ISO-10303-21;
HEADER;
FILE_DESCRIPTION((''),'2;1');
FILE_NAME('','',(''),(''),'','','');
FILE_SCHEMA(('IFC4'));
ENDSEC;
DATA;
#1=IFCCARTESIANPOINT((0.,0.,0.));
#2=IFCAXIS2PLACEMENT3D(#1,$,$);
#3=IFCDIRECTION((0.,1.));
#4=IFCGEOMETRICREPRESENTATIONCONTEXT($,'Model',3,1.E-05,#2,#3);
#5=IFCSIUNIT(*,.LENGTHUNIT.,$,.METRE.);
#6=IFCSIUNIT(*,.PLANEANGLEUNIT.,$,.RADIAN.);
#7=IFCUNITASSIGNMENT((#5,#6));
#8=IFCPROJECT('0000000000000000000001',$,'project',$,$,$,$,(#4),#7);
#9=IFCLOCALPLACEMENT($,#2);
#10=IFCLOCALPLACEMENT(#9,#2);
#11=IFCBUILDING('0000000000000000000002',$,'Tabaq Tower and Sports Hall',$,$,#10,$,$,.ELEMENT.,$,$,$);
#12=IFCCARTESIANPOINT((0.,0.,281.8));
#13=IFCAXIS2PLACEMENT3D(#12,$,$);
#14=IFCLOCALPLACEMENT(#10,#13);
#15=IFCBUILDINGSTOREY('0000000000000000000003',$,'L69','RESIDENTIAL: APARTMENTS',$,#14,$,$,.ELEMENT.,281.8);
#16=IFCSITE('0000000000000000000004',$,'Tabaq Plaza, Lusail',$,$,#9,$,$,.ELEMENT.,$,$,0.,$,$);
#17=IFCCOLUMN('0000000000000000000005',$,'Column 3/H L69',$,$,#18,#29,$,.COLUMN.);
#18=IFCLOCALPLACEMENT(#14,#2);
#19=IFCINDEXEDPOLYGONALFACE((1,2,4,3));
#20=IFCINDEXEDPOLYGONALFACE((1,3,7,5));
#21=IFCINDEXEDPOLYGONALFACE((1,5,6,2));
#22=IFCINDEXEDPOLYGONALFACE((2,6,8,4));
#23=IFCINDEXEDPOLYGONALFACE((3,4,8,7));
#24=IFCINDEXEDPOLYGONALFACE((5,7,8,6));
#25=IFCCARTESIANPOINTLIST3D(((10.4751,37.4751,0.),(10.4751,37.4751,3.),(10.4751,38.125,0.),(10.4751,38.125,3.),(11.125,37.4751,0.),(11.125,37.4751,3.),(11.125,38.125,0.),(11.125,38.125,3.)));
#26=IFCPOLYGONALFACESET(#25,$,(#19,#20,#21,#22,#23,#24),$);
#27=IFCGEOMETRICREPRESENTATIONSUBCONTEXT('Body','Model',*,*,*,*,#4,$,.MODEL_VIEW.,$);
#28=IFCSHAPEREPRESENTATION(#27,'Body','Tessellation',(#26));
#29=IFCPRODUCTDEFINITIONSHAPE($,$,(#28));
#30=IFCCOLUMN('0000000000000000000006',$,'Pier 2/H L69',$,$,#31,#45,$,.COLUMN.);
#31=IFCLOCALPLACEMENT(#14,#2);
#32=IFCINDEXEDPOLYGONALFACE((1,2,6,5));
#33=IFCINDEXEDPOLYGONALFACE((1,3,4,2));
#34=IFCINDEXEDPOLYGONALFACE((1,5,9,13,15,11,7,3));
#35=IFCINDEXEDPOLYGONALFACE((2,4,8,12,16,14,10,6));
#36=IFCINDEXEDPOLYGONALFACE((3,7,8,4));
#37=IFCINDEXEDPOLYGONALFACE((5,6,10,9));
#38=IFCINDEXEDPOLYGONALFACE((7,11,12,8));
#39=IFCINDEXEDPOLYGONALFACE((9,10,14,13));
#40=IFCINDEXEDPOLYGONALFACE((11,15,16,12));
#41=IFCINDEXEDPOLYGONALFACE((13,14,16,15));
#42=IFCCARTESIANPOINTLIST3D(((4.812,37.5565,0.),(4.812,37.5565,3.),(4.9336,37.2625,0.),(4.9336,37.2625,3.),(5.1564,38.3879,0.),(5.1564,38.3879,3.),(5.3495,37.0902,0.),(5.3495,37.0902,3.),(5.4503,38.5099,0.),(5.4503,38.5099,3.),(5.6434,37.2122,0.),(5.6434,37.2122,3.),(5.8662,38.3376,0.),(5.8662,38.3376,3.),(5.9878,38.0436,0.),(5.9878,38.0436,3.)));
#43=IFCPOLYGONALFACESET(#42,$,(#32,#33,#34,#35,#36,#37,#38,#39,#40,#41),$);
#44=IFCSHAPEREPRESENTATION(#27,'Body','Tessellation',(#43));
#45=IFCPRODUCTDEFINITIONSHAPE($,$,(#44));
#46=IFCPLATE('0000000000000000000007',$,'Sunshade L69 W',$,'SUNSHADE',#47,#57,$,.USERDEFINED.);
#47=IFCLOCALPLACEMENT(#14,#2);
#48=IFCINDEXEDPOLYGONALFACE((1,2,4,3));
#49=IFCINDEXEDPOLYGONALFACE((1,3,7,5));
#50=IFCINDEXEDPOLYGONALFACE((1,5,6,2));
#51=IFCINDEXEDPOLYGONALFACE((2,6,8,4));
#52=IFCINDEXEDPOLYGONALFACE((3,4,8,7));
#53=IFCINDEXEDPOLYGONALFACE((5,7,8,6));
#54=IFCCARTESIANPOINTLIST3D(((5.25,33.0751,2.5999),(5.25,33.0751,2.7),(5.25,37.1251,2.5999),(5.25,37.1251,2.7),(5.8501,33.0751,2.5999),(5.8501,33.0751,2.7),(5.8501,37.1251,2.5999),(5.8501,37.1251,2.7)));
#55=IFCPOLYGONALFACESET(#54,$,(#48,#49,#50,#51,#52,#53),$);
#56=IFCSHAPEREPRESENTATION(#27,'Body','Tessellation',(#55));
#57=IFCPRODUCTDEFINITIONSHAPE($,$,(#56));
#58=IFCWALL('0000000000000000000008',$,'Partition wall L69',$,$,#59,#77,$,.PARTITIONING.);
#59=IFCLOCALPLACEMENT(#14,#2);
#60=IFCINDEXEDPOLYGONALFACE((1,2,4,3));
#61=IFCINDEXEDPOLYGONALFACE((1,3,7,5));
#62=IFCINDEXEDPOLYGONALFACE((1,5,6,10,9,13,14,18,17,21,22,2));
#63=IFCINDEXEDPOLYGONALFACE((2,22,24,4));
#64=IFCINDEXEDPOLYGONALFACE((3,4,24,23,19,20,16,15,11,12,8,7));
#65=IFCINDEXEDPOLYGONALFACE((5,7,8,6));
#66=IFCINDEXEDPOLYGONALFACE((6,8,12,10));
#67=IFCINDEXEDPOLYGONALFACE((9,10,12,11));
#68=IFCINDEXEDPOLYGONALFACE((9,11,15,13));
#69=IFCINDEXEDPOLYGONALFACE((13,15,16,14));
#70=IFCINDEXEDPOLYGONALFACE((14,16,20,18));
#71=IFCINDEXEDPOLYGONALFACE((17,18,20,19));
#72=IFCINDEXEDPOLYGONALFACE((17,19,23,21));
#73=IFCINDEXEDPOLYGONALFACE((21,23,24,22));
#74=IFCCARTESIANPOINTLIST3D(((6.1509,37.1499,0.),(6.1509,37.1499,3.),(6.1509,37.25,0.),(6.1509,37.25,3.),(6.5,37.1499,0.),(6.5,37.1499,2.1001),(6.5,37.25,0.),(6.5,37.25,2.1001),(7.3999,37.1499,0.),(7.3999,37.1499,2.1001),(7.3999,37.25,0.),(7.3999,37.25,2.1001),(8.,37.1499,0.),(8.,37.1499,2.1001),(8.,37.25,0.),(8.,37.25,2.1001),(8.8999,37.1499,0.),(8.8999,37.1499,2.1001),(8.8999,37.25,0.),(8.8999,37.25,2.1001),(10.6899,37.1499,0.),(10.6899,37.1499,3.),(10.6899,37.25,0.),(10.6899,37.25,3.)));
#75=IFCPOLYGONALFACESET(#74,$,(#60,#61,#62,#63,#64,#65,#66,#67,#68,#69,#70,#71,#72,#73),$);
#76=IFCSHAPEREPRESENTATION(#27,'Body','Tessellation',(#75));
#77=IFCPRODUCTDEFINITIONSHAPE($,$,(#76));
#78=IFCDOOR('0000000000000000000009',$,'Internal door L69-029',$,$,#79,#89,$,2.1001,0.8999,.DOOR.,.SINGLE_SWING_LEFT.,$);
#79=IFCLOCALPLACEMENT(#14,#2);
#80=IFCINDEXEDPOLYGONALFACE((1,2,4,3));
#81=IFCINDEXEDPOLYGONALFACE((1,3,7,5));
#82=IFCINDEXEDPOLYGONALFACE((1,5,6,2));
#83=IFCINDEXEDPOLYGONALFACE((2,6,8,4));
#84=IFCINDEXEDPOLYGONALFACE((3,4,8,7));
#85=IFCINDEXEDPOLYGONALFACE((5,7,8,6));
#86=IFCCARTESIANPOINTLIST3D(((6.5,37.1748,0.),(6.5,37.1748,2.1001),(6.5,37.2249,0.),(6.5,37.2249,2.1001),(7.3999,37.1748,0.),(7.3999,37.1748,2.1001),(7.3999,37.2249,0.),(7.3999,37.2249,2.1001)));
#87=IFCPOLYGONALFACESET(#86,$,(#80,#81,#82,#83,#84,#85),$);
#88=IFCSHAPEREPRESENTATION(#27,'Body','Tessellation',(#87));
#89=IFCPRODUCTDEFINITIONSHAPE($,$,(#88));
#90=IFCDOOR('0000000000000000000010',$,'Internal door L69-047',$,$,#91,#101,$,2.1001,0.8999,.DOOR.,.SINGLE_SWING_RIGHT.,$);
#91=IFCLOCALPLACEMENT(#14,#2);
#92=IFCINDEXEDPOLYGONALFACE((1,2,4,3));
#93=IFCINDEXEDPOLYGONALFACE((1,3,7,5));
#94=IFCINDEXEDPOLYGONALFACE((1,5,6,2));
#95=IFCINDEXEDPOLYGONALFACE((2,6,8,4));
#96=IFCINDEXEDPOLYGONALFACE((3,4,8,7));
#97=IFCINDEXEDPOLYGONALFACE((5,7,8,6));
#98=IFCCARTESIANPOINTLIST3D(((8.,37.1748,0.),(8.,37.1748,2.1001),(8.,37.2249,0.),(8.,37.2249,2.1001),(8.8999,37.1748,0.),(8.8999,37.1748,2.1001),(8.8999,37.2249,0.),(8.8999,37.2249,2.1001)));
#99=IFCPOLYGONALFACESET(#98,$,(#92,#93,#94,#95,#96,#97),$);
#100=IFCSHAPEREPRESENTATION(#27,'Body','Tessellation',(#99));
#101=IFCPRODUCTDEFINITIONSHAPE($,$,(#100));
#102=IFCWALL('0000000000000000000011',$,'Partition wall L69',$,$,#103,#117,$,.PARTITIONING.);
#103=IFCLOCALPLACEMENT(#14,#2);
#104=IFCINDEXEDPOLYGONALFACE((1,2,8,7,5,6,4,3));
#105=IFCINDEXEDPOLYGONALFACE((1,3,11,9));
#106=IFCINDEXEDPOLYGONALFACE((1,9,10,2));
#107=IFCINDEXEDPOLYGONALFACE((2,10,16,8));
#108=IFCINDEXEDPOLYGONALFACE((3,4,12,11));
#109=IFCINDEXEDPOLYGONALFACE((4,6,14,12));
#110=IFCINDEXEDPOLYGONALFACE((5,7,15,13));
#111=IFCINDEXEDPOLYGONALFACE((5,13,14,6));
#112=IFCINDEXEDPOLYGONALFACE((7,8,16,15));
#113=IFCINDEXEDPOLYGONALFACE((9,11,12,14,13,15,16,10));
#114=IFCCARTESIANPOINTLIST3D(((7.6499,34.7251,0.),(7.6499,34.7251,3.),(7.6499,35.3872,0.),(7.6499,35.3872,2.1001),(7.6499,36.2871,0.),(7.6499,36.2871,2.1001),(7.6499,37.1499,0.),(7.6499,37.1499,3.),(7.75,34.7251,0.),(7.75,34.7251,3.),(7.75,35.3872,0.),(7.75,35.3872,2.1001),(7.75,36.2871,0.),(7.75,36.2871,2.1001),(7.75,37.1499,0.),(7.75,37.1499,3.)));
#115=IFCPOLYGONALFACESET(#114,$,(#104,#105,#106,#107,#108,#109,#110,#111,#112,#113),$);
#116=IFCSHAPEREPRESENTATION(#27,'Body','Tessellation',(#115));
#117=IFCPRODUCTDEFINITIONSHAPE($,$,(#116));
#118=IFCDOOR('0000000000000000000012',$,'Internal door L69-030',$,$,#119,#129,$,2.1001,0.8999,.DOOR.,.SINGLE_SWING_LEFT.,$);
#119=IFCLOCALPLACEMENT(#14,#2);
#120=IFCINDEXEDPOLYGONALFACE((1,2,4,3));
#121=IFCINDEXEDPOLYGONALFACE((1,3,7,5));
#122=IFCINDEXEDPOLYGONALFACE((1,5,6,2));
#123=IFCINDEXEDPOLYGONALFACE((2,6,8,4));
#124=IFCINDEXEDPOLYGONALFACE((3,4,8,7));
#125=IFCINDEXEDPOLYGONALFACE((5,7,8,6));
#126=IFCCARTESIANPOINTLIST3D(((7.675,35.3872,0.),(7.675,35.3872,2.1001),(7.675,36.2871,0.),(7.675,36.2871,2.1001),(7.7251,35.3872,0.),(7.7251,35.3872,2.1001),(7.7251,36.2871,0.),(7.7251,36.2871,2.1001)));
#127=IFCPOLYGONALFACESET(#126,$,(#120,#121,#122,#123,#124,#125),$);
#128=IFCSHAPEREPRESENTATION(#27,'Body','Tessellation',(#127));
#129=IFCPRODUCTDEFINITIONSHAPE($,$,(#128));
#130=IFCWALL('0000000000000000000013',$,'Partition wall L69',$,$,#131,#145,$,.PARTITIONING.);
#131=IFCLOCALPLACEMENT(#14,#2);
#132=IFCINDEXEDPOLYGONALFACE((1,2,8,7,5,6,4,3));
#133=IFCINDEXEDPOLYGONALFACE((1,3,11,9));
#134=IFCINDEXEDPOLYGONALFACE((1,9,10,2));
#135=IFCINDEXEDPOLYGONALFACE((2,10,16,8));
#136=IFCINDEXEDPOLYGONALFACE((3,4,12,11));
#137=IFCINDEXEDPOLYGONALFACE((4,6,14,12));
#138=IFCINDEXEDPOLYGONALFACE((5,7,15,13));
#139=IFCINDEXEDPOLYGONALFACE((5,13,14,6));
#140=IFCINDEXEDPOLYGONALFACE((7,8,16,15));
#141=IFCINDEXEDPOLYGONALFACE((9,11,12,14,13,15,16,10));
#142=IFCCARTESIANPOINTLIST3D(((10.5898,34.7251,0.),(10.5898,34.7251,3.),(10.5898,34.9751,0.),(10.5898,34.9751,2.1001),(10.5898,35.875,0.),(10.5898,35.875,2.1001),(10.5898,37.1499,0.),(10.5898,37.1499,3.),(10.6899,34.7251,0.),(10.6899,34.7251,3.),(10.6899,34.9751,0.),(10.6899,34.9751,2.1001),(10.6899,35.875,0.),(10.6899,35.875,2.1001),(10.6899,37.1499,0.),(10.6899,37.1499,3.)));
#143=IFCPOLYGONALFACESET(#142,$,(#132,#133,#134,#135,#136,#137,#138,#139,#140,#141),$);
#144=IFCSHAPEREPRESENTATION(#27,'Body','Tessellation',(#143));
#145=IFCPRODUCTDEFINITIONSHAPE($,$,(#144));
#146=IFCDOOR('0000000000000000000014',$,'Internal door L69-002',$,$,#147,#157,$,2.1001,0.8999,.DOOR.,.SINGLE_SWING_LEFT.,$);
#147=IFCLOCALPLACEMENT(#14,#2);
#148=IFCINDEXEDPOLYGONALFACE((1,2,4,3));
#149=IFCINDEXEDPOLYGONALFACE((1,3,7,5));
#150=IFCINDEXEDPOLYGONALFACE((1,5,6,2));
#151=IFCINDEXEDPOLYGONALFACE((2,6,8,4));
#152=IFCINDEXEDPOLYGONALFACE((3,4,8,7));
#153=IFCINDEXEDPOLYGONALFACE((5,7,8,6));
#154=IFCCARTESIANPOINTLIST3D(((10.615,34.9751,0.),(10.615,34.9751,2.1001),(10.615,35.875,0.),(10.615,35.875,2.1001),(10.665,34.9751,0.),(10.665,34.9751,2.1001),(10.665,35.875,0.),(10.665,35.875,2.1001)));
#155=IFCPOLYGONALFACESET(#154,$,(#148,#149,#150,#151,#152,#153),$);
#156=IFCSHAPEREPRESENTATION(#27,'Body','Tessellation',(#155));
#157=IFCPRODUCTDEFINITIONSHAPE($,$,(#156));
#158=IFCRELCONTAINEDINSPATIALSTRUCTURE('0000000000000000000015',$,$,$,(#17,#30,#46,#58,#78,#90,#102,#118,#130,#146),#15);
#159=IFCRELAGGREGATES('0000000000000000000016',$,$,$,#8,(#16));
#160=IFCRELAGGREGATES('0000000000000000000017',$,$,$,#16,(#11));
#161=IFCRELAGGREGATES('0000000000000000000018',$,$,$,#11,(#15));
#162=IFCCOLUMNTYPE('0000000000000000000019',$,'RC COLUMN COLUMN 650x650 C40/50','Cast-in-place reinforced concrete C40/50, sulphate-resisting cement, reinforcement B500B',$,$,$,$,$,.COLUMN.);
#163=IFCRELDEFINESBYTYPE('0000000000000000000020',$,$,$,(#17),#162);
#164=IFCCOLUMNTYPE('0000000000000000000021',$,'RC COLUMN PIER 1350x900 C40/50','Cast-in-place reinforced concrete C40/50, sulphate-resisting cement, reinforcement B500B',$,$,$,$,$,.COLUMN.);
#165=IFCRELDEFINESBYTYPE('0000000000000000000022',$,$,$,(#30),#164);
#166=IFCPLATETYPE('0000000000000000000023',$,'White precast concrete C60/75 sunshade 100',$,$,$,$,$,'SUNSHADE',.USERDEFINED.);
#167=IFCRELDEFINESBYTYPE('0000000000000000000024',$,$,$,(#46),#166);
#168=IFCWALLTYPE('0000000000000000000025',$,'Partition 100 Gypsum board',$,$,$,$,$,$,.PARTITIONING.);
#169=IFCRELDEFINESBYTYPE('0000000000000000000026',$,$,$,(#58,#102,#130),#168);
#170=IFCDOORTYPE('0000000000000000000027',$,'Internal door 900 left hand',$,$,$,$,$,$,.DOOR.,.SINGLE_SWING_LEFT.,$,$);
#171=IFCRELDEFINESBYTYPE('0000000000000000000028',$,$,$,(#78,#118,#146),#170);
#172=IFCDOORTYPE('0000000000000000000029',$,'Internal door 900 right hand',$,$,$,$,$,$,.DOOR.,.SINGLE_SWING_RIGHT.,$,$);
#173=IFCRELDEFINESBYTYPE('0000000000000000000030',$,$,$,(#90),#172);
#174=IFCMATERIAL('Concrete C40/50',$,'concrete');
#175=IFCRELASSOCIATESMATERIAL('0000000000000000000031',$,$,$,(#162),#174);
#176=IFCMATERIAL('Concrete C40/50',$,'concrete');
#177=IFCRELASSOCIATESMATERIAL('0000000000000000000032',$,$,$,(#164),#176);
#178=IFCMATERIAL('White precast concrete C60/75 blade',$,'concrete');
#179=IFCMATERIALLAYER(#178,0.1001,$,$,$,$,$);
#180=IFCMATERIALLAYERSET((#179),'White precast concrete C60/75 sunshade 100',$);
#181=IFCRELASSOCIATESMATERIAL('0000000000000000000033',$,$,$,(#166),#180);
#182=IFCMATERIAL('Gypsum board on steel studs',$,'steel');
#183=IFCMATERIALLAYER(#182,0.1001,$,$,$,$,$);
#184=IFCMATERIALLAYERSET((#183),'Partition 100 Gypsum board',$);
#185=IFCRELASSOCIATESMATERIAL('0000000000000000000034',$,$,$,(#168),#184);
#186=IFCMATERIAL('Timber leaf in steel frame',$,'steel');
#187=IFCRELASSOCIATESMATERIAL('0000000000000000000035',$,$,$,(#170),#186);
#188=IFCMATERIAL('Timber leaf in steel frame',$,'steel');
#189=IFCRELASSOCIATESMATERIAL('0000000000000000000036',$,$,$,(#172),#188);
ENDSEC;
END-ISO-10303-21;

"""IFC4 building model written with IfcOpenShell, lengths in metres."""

from ifc_helpers import new_model, si_unit, direction, frame, frame_2d, origin, origin_2d, place, context, subcontext, project, spatial, polyline, rectangle, outline, extrude, material, layer, layer_set, material_profile, profile_set, type_object, element, fill, save


model = new_model("IFC4")

# Units and contexts
model_context = context("Model", 3, precision=1e-05, world=origin(), true_north=direction((0.0, 1.0)))
body_context = subcontext(model_context, "Body", "Model", "MODEL_VIEW")
ifc_project = project(units=[si_unit("LENGTHUNIT", "METRE"), si_unit("PLANEANGLEUNIT", "RADIAN")], contexts=[model_context])

# Site, building, storey
site_placement = place(None, origin())
site = spatial("IfcSite", under=ifc_project, at=site_placement, Name="Tabaq Plaza, Lusail", CompositionType="ELEMENT", RefElevation=0.0)
building_placement = place(site_placement, origin())
building = spatial("IfcBuilding", under=site, at=building_placement, Name="Tabaq Tower and Sports Hall", CompositionType="ELEMENT")
storey_placement = place(building_placement, frame((0.0, 0.0, 281.8)))
storey = spatial("IfcBuildingStorey", under=building, at=storey_placement, Name="L69", Description="RESIDENTIAL: APARTMENTS", CompositionType="ELEMENT", Elevation=281.8)

# Columns
ifc_material_1 = material(Name="Concrete C40/50", Category="concrete")
ifc_material_profile_1 = material_profile(ifc_material_1, rectangle(XDim=0.6499, YDim=0.6499, at=origin_2d()), Name="COLUMN 650x650")
ifc_profile_set_1 = profile_set([ifc_material_profile_1], Name="Concrete C40/50")
column_type_1 = type_object("IfcColumnType", Name="RC COLUMN COLUMN 650x650 C40/50", Description="Cast-in-place reinforced concrete C40/50, sulphate-resisting cement, reinforcement B500B", PredefinedType="COLUMN", material=ifc_profile_set_1)
column_1_placement = place(storey_placement, frame((10.8, 37.8, 0.0), z_axis=(0.0, 0.0, 1.0), x_axis=(1.0, 0.0, 0.0)))
element("IfcColumn", 1, at=column_1_placement, inside=storey, type_object=column_type_1, Name="Column 3/H L69", PredefinedType="COLUMN", context=body_context, shape_type="SweptSolid", body=[
    extrude(rectangle(XDim=0.6499, YDim=0.6499, at=origin_2d()), origin(), (0.0, 0.0, 1.0), 3.0),
])
ifc_material_2 = material(Name="Concrete C40/50", Category="concrete")
ifc_material_profile_2 = material_profile(ifc_material_2, outline(polyline([(-0.45, -0.45), (0.45, -0.45), (0.675, -0.2251), (0.675, 0.2251), (0.45, 0.45), (-0.45, 0.45), (-0.675, 0.2251), (-0.675, -0.2251), (-0.45, -0.45)])), Name="PIER 1350x900")
ifc_profile_set_2 = profile_set([ifc_material_profile_2], Name="Concrete C40/50")
column_type_2 = type_object("IfcColumnType", Name="RC COLUMN PIER 1350x900 C40/50", Description="Cast-in-place reinforced concrete C40/50, sulphate-resisting cement, reinforcement B500B", PredefinedType="COLUMN", material=ifc_profile_set_2)
column_2_placement = place(storey_placement, frame((5.3999, 37.8, 0.0), z_axis=(0.0, 0.0, 1.0), x_axis=(0.382683, 0.92388, 0.0)))
element("IfcColumn", 2, at=column_2_placement, inside=storey, type_object=column_type_2, Name="Pier 2/H L69", PredefinedType="COLUMN", context=body_context, shape_type="SweptSolid", body=[
    extrude(outline(polyline([(-0.45, -0.45), (0.45, -0.45), (0.675, -0.2251), (0.675, 0.2251), (0.45, 0.45), (-0.45, 0.45), (-0.675, 0.2251), (-0.675, -0.2251), (-0.45, -0.45)])), origin(), (0.0, 0.0, 1.0), 3.0),
])

# Plate
ifc_material_3 = material(Name="White precast concrete C60/75 blade", Category="concrete")
ifc_layer_1 = layer(ifc_material_3, 0.1001)
ifc_layer_set_1 = layer_set([ifc_layer_1], Name="White precast concrete C60/75 sunshade 100")
plate_type = type_object("IfcPlateType", Name="White precast concrete C60/75 sunshade 100", ElementType="SUNSHADE", PredefinedType="USERDEFINED", material=ifc_layer_set_1)
plate_placement = place(storey_placement, frame((5.55, 35.1001, 2.5999), z_axis=(0.0, 0.0, 1.0), x_axis=(0.0, -1.0, 0.0)))
element("IfcPlate", 3, at=plate_placement, inside=storey, type_object=plate_type, Name="Sunshade L69 W", ObjectType="SUNSHADE", PredefinedType="USERDEFINED", context=body_context, shape_type="SweptSolid", body=[
    extrude(rectangle(XDim=4.05, YDim=0.6001, at=origin_2d()), origin(), (0.0, 0.0, 1.0), 0.1001),
])

# Wall, openings, doors
ifc_material_4 = material(Name="Gypsum board on steel studs", Category="steel")
ifc_layer_2 = layer(ifc_material_4, 0.1001)
ifc_layer_set_2 = layer_set([ifc_layer_2], Name="Partition 100 Gypsum board")
wall_type_1 = type_object("IfcWallType", Name="Partition 100 Gypsum board", PredefinedType="PARTITIONING", material=ifc_layer_set_2)
wall_1_placement = place(storey_placement, frame((6.1509, 37.2, 0.0), z_axis=(0.0, 0.0, 1.0), x_axis=(1.0, 0.0, 0.0)))
wall_1 = element("IfcWall", 4, at=wall_1_placement, inside=storey, type_object=wall_type_1, Name="Partition wall L69", PredefinedType="PARTITIONING", context=body_context, shape_type="SweptSolid", body=[
    extrude(rectangle(XDim=4.5391, YDim=0.1001, at=frame_2d((2.2695, 0.0))), origin(), (0.0, 0.0, 1.0), 3.0),
])
opening_1_placement = place(wall_1_placement, frame((0.3491, 0.0, 0.0)))
opening_1 = element("IfcOpeningElement", 5, at=opening_1_placement, cuts=wall_1, PredefinedType="OPENING", context=body_context, shape_type="SweptSolid", body=[
    extrude(rectangle(XDim=0.8999, YDim=2.1001, at=frame_2d((0.45, 1.05))), frame((0.0, 0.05, 0.0), z_axis=(0.0, -1.0, 0.0), x_axis=(1.0, 0.0, 0.0)), (0.0, 0.0, 1.0), 0.1001),
])
opening_2_placement = place(wall_1_placement, frame((1.8491, 0.0, 0.0)))
opening_2 = element("IfcOpeningElement", 6, at=opening_2_placement, cuts=wall_1, PredefinedType="OPENING", context=body_context, shape_type="SweptSolid", body=[
    extrude(rectangle(XDim=0.8999, YDim=2.1001, at=frame_2d((0.45, 1.05))), frame((0.0, 0.05, 0.0), z_axis=(0.0, -1.0, 0.0), x_axis=(1.0, 0.0, 0.0)), (0.0, 0.0, 1.0), 0.1001),
])
ifc_material_5 = material(Name="Timber leaf in steel frame", Category="steel")
door_type_1 = type_object("IfcDoorType", Name="Internal door 900 left hand", OperationType="SINGLE_SWING_LEFT", PredefinedType="DOOR", material=ifc_material_5)
door_1_placement = place(opening_1_placement, origin())
door_1 = element("IfcDoor", 7, at=door_1_placement, inside=storey, type_object=door_type_1, Name="Internal door L69-029", OperationType="SINGLE_SWING_LEFT", OverallHeight=2.1001, OverallWidth=0.8999, PredefinedType="DOOR", context=body_context, shape_type="SweptSolid", body=[
    extrude(rectangle(XDim=0.8999, YDim=2.1001, at=frame_2d((0.45, 1.05))), frame((0.0, 0.0249, 0.0), z_axis=(0.0, -1.0, 0.0), x_axis=(1.0, 0.0, 0.0)), (0.0, 0.0, 1.0), 0.05),
])
fill(opening_1, door_1)
ifc_material_6 = material(Name="Timber leaf in steel frame", Category="steel")
door_type_2 = type_object("IfcDoorType", Name="Internal door 900 right hand", OperationType="SINGLE_SWING_RIGHT", PredefinedType="DOOR", material=ifc_material_6)
door_2_placement = place(opening_2_placement, origin())
door_2 = element("IfcDoor", 8, at=door_2_placement, inside=storey, type_object=door_type_2, Name="Internal door L69-047", OperationType="SINGLE_SWING_RIGHT", OverallHeight=2.1001, OverallWidth=0.8999, PredefinedType="DOOR", context=body_context, shape_type="SweptSolid", body=[
    extrude(rectangle(XDim=0.8999, YDim=2.1001, at=frame_2d((0.45, 1.05))), frame((0.0, 0.0249, 0.0), z_axis=(0.0, -1.0, 0.0), x_axis=(1.0, 0.0, 0.0)), (0.0, 0.0, 1.0), 0.05),
])
fill(opening_2, door_2)

# Walls, openings, doors
wall_2_placement = place(storey_placement, frame((7.7, 34.7251, 0.0), z_axis=(0.0, 0.0, 1.0), x_axis=(0.0, 1.0, 0.0)))
wall_2 = element("IfcWall", 9, at=wall_2_placement, inside=storey, type_object=wall_type_1, Name="Partition wall L69", PredefinedType="PARTITIONING", context=body_context, shape_type="SweptSolid", body=[
    extrude(rectangle(XDim=2.4248, YDim=0.1001, at=frame_2d((1.2124, 0.0))), origin(), (0.0, 0.0, 1.0), 3.0),
])
opening_3_placement = place(wall_2_placement, frame((0.6621, 0.0, 0.0)))
opening_3 = element("IfcOpeningElement", 10, at=opening_3_placement, cuts=wall_2, PredefinedType="OPENING", context=body_context, shape_type="SweptSolid", body=[
    extrude(rectangle(XDim=0.8999, YDim=2.1001, at=frame_2d((0.45, 1.05))), frame((0.0, 0.05, 0.0), z_axis=(0.0, -1.0, 0.0), x_axis=(1.0, 0.0, 0.0)), (0.0, 0.0, 1.0), 0.1001),
])
door_3_placement = place(opening_3_placement, origin())
door_3 = element("IfcDoor", 11, at=door_3_placement, inside=storey, type_object=door_type_1, Name="Internal door L69-030", OperationType="SINGLE_SWING_LEFT", OverallHeight=2.1001, OverallWidth=0.8999, PredefinedType="DOOR", context=body_context, shape_type="SweptSolid", body=[
    extrude(rectangle(XDim=0.8999, YDim=2.1001, at=frame_2d((0.45, 1.05))), frame((0.0, 0.0249, 0.0), z_axis=(0.0, -1.0, 0.0), x_axis=(1.0, 0.0, 0.0)), (0.0, 0.0, 1.0), 0.05),
])
fill(opening_3, door_3)
wall_3_placement = place(storey_placement, frame((10.6399, 34.7251, 0.0), z_axis=(0.0, 0.0, 1.0), x_axis=(0.0, 1.0, 0.0)))
wall_3 = element("IfcWall", 12, at=wall_3_placement, inside=storey, type_object=wall_type_1, Name="Partition wall L69", PredefinedType="PARTITIONING", context=body_context, shape_type="SweptSolid", body=[
    extrude(rectangle(XDim=2.4248, YDim=0.1001, at=frame_2d((1.2124, 0.0))), origin(), (0.0, 0.0, 1.0), 3.0),
])
opening_4_placement = place(wall_3_placement, frame((0.25, 0.0, 0.0)))
opening_4 = element("IfcOpeningElement", 13, at=opening_4_placement, cuts=wall_3, PredefinedType="OPENING", context=body_context, shape_type="SweptSolid", body=[
    extrude(rectangle(XDim=0.8999, YDim=2.1001, at=frame_2d((0.45, 1.05))), frame((0.0, 0.05, 0.0), z_axis=(0.0, -1.0, 0.0), x_axis=(1.0, 0.0, 0.0)), (0.0, 0.0, 1.0), 0.1001),
])
door_4_placement = place(opening_4_placement, origin())
door_4 = element("IfcDoor", 14, at=door_4_placement, inside=storey, type_object=door_type_1, Name="Internal door L69-002", OperationType="SINGLE_SWING_LEFT", OverallHeight=2.1001, OverallWidth=0.8999, PredefinedType="DOOR", context=body_context, shape_type="SweptSolid", body=[
    extrude(rectangle(XDim=0.8999, YDim=2.1001, at=frame_2d((0.45, 1.05))), frame((0.0, 0.0249, 0.0), z_axis=(0.0, -1.0, 0.0), x_axis=(1.0, 0.0, 0.0)), (0.0, 0.0, 1.0), 0.05),
])
fill(opening_4, door_4)

save(model, "model.ifc")
